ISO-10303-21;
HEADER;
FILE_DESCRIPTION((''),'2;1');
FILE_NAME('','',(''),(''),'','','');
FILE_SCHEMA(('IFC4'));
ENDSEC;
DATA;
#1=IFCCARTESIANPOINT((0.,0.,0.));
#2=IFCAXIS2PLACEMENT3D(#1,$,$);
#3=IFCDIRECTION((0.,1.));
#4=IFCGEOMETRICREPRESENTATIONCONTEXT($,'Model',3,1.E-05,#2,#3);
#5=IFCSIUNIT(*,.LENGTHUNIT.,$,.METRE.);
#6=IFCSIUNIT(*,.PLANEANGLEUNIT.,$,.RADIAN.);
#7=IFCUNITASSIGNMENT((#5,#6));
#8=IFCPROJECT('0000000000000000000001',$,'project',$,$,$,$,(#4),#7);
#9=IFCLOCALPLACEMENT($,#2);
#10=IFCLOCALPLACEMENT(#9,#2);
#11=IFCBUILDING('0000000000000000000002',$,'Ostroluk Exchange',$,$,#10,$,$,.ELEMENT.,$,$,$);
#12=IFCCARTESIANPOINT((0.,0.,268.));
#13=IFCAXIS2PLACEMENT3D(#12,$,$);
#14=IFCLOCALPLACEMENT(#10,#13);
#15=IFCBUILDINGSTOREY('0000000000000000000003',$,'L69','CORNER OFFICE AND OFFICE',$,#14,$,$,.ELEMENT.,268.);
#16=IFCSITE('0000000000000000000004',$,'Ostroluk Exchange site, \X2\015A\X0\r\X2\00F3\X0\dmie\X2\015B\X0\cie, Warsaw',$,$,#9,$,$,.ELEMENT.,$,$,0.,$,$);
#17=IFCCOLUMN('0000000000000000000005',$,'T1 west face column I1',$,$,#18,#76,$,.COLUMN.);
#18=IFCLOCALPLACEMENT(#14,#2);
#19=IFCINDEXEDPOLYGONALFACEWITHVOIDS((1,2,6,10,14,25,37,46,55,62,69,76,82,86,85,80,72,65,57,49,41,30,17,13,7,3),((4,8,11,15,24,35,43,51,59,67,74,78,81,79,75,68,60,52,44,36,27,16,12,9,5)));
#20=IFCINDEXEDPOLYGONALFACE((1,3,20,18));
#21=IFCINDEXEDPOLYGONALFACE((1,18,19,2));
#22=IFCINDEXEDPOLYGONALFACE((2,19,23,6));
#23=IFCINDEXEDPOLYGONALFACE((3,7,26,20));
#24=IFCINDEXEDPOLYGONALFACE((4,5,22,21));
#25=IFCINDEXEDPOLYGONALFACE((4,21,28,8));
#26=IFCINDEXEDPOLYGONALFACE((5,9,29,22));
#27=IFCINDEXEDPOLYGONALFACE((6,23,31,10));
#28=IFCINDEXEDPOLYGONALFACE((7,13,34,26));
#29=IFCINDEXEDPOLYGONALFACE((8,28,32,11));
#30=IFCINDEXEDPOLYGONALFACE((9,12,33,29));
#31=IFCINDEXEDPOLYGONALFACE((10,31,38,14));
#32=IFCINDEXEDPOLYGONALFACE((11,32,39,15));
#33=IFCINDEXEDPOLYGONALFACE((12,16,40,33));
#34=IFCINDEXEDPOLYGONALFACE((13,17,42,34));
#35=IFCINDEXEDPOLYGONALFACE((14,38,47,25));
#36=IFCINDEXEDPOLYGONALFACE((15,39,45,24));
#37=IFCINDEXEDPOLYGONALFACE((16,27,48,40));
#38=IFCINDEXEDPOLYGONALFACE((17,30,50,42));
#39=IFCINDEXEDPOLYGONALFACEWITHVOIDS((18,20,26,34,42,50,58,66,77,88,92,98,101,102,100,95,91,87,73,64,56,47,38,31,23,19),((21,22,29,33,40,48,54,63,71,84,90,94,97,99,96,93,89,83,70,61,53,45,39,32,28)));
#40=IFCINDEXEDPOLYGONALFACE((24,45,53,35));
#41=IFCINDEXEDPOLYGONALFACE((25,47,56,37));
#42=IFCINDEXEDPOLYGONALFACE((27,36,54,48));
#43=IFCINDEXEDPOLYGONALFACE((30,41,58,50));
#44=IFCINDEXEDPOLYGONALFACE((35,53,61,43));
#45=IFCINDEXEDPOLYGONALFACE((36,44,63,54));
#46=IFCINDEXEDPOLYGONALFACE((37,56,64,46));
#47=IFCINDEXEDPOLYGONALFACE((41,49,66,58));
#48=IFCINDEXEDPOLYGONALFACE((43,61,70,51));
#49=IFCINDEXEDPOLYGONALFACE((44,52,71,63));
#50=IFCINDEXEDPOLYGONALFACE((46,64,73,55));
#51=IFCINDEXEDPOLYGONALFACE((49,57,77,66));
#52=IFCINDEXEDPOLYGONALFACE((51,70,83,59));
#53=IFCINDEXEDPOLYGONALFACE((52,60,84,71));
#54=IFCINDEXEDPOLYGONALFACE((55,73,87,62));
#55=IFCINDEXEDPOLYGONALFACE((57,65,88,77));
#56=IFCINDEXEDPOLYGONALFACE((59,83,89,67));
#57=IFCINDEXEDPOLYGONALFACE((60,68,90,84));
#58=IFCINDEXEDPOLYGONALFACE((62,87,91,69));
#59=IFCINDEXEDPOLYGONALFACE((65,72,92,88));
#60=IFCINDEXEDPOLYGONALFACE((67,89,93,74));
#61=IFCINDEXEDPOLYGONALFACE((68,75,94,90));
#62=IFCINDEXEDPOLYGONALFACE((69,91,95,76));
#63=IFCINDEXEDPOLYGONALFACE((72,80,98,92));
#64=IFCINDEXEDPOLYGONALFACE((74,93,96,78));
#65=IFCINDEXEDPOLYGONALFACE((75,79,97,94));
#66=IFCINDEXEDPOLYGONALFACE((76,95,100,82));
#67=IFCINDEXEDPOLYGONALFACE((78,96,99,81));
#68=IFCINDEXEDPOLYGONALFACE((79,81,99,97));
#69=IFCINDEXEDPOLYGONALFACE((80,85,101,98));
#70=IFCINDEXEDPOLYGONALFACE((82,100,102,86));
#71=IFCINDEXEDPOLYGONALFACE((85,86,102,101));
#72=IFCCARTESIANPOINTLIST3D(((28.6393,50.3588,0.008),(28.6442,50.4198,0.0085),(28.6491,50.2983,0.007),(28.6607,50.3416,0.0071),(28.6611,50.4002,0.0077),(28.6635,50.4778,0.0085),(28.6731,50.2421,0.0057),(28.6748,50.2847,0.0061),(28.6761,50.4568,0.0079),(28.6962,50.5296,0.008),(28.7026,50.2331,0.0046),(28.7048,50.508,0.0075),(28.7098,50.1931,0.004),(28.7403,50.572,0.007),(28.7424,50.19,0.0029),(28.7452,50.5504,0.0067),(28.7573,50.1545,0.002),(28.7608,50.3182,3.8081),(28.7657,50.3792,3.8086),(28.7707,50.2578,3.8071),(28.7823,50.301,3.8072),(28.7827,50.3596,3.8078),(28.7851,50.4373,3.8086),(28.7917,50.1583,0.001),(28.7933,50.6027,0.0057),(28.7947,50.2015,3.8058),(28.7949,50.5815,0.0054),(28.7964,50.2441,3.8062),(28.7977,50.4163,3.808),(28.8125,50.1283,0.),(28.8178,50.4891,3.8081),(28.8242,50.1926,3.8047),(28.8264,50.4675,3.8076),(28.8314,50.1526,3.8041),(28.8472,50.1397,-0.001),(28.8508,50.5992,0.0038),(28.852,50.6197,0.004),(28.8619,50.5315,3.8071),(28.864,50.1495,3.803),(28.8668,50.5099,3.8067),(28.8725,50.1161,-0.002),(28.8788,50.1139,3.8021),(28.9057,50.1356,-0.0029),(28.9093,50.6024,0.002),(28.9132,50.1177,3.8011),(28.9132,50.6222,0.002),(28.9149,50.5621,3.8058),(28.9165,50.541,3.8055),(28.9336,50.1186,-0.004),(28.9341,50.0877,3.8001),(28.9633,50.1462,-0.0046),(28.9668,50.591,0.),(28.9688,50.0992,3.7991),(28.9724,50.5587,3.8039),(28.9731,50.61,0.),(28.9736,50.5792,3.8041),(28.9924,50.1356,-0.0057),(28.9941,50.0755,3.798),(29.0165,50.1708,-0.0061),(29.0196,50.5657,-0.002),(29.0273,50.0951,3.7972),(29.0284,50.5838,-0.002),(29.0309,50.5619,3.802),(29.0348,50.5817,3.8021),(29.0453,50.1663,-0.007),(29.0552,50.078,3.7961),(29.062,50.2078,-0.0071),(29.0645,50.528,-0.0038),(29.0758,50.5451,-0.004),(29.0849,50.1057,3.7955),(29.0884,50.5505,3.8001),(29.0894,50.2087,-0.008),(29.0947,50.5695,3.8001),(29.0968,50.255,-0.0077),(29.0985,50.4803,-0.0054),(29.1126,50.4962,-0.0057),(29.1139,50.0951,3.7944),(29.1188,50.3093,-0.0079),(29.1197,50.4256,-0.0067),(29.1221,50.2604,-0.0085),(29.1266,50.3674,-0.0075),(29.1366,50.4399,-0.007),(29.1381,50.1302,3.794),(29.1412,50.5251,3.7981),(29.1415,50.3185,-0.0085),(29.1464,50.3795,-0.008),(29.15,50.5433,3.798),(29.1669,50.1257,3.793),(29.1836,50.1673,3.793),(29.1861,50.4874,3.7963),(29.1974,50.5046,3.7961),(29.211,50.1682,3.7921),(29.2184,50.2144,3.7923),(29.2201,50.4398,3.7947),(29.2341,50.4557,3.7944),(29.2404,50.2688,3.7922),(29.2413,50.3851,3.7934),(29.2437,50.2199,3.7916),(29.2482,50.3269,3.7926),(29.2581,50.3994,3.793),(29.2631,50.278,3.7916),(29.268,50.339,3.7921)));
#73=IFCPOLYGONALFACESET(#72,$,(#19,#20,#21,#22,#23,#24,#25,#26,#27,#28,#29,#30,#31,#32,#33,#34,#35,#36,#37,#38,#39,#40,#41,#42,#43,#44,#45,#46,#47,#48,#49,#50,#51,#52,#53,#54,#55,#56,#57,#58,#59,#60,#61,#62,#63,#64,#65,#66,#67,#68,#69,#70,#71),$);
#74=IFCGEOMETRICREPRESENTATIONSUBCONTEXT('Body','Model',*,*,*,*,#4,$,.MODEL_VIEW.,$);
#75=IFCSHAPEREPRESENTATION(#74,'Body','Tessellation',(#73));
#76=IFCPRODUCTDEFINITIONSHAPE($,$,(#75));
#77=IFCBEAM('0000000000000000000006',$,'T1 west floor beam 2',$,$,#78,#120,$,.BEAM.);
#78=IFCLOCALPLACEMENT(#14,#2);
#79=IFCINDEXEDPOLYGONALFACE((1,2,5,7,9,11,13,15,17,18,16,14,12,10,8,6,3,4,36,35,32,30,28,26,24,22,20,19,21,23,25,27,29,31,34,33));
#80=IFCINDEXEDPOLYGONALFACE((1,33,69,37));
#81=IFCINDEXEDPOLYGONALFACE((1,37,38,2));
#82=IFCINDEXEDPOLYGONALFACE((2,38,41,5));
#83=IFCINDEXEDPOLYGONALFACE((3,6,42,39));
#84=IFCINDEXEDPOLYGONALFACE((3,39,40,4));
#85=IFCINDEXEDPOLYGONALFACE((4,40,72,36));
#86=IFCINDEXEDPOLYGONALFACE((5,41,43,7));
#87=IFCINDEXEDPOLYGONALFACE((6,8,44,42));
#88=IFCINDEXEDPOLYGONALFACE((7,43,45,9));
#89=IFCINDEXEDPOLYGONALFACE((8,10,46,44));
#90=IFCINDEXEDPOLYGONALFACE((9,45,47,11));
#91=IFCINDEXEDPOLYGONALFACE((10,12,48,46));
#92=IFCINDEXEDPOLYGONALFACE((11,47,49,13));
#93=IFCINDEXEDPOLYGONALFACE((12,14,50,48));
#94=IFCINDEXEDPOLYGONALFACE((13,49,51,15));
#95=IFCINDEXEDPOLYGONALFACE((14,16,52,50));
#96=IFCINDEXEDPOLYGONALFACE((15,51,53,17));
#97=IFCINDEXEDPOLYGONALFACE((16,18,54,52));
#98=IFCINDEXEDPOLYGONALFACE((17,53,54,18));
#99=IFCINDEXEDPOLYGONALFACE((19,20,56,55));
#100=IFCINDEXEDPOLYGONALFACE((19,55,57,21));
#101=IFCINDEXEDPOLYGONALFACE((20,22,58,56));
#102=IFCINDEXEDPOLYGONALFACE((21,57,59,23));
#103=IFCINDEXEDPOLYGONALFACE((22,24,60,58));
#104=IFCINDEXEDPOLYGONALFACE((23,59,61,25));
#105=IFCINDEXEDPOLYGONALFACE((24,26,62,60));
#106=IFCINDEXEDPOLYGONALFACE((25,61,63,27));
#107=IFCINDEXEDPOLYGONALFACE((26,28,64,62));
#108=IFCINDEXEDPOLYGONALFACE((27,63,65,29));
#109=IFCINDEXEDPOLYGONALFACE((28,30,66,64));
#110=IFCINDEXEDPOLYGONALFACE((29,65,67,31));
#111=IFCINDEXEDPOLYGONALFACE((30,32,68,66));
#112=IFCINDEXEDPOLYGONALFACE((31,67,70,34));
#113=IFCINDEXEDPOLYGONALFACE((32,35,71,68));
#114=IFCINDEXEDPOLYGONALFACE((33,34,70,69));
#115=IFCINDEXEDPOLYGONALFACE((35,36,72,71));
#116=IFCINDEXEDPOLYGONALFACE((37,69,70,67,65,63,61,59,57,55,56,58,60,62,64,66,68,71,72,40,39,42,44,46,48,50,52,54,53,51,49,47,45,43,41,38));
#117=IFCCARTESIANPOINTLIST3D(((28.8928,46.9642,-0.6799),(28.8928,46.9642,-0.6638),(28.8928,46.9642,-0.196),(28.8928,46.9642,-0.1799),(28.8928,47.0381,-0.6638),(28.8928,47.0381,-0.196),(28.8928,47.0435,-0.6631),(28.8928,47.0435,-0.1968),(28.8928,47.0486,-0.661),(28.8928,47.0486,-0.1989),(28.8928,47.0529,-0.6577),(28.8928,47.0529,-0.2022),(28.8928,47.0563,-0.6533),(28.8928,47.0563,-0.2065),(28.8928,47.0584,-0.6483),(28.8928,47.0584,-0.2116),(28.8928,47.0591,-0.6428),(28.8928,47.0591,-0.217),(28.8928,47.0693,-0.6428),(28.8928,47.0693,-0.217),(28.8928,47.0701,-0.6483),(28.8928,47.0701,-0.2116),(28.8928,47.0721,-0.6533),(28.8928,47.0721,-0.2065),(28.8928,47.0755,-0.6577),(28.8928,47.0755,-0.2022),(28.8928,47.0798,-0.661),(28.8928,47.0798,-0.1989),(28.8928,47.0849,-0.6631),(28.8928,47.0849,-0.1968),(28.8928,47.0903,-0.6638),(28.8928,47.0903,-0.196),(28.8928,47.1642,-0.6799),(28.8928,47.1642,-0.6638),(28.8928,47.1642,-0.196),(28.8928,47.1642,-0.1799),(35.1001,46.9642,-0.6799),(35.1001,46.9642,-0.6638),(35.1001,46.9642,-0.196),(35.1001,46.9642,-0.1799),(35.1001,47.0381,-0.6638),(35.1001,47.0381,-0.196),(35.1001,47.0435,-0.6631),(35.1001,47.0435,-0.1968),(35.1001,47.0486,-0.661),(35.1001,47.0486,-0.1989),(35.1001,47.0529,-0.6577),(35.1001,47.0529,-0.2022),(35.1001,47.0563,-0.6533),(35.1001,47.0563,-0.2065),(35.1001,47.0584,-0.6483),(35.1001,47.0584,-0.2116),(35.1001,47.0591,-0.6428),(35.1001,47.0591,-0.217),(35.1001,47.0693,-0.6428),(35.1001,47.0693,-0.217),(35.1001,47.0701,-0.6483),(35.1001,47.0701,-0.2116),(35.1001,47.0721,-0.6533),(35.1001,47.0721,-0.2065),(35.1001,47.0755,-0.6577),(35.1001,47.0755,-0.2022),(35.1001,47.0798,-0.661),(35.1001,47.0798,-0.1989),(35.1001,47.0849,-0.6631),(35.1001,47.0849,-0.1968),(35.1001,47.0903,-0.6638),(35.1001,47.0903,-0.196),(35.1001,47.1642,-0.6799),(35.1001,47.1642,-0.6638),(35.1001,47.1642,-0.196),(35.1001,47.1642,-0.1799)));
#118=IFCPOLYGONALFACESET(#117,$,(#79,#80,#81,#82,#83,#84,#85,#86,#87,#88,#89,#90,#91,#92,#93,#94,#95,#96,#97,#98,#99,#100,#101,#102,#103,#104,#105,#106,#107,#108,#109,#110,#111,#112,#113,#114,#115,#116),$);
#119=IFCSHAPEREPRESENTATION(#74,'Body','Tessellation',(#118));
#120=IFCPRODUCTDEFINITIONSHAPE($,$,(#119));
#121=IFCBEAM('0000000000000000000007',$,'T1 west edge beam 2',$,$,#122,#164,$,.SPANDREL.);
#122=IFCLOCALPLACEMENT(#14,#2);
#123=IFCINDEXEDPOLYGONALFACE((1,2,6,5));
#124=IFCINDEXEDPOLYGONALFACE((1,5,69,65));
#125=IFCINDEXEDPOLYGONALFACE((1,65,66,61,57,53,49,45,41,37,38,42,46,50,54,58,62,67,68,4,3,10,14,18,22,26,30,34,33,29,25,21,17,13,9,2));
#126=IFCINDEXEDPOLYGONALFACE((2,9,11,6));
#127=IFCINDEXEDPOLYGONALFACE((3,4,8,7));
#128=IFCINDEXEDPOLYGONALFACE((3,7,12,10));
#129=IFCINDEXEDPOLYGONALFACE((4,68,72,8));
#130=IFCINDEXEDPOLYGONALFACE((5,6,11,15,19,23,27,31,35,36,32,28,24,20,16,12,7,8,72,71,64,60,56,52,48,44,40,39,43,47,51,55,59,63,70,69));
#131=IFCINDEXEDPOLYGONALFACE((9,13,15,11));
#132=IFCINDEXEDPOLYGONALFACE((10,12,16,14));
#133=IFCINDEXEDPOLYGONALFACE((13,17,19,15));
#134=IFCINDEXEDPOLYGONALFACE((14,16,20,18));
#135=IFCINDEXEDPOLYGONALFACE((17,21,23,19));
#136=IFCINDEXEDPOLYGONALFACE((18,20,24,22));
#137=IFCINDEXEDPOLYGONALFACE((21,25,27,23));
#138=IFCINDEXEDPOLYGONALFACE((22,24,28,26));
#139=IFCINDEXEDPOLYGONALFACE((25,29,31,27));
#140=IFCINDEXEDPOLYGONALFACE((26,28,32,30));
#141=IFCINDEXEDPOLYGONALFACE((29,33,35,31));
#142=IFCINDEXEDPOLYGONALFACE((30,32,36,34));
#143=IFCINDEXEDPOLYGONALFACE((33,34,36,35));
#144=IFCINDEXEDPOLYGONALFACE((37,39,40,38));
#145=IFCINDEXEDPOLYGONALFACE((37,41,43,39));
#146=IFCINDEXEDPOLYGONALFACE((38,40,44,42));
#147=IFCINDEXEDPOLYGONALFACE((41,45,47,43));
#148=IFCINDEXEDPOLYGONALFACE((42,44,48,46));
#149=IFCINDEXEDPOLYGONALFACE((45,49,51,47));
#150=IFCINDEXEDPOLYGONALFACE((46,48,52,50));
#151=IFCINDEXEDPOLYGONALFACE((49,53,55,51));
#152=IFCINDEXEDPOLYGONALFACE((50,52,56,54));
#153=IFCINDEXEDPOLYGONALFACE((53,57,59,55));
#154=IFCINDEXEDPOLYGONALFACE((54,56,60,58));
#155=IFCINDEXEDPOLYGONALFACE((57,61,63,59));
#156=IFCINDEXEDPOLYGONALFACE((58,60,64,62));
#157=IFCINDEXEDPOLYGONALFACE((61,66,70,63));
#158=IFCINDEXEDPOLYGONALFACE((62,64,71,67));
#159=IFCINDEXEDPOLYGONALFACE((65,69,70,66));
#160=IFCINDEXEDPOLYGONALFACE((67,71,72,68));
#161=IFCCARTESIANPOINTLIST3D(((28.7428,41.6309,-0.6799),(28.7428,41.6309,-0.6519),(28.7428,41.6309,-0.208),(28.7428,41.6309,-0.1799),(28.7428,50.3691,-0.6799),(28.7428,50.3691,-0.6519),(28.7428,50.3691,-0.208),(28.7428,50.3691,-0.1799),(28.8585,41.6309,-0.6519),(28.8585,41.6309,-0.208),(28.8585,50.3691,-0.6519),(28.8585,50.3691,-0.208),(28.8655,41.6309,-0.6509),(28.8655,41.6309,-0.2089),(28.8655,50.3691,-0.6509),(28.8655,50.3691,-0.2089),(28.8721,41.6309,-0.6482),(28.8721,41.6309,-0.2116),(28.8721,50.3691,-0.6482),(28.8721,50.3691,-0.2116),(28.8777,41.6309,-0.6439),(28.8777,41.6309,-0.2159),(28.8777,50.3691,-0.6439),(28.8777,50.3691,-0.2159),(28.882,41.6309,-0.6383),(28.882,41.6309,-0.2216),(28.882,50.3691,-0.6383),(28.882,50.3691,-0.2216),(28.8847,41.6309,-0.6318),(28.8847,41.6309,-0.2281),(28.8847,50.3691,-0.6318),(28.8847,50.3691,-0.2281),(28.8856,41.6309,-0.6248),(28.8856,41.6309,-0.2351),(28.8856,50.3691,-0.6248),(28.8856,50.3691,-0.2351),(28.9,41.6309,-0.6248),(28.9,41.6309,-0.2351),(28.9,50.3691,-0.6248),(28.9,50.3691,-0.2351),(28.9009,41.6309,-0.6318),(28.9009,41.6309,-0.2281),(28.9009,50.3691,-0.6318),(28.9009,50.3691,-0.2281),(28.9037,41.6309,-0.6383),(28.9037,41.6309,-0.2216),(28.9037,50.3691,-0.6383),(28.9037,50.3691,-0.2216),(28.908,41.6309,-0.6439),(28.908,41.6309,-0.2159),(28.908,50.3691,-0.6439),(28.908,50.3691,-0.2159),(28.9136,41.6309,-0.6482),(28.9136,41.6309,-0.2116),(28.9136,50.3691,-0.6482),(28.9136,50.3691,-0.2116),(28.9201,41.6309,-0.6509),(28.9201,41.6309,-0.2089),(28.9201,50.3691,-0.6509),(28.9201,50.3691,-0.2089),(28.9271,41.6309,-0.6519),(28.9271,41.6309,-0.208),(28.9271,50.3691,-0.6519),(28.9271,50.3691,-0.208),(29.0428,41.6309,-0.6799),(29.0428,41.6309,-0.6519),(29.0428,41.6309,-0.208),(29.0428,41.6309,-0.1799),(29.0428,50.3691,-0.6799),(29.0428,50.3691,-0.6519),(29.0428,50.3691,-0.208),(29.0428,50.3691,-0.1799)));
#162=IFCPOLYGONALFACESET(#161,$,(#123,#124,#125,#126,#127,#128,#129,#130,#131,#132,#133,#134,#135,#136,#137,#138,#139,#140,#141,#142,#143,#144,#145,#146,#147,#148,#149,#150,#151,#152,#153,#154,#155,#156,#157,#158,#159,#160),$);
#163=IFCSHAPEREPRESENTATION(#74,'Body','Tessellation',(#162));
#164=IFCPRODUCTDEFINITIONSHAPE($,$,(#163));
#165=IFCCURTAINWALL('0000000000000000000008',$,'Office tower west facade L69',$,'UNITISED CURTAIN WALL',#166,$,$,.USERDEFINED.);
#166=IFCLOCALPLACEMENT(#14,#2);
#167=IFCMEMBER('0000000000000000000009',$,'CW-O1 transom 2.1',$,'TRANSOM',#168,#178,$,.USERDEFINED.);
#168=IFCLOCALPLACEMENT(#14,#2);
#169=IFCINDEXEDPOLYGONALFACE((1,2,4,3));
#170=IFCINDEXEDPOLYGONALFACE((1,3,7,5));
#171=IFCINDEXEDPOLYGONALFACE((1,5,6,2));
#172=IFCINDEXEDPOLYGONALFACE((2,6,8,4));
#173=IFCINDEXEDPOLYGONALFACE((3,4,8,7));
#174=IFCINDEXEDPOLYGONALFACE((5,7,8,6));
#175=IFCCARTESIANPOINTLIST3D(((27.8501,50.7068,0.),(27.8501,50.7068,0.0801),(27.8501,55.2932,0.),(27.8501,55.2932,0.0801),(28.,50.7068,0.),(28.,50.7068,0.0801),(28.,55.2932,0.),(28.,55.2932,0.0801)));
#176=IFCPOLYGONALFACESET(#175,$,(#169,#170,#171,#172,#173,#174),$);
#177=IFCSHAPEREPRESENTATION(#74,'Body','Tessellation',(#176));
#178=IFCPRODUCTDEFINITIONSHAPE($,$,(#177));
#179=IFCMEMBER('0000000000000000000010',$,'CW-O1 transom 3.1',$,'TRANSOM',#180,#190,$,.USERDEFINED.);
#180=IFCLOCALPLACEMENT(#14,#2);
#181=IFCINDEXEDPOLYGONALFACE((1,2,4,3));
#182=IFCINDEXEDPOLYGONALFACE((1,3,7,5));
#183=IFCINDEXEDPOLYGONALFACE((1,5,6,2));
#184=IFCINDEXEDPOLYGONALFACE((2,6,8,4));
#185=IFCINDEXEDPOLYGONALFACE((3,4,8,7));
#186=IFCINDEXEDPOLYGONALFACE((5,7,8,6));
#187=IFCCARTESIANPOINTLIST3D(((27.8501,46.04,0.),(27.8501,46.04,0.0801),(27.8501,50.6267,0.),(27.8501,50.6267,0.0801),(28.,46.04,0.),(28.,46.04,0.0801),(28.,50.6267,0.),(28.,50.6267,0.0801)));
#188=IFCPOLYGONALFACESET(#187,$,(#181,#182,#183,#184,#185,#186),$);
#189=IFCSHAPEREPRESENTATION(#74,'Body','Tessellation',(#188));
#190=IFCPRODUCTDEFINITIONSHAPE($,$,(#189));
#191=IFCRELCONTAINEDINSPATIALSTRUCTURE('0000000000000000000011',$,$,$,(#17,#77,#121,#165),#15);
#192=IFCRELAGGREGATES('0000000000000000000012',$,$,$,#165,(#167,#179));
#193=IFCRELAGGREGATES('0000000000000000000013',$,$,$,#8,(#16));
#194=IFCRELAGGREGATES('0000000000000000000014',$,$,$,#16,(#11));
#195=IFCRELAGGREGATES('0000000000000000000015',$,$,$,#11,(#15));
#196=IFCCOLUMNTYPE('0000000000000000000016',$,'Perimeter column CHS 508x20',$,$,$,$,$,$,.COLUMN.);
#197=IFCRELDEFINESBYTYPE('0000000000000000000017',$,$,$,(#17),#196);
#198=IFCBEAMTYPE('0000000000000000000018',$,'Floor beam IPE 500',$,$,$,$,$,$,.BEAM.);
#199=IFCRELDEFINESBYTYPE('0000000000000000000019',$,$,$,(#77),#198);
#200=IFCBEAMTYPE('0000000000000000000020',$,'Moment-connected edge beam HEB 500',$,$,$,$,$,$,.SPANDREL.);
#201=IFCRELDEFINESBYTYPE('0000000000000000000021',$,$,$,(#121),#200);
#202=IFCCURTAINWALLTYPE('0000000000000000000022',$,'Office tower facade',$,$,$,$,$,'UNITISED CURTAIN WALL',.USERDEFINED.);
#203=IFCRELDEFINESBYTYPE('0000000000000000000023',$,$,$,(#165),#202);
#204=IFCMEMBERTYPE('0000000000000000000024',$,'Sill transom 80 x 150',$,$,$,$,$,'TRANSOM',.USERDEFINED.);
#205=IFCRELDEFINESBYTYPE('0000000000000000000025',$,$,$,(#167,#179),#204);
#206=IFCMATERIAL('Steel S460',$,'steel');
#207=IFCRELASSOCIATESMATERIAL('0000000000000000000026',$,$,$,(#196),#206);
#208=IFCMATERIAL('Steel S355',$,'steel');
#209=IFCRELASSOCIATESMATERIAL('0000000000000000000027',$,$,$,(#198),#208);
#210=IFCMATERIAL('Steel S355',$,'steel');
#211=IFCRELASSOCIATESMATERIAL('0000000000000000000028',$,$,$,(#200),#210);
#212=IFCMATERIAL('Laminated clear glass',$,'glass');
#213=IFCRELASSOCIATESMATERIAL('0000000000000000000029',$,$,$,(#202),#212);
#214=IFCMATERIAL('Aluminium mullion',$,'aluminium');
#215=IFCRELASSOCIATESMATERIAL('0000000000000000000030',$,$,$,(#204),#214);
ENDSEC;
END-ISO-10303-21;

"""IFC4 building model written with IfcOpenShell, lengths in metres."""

from ifc_helpers import new_model, si_unit, direction, frame, origin, origin_2d, place, context, subcontext, project, spatial, rectangle, hollow_circle, i_section, extrude, material, material_profile, profile_set, type_object, element, aggregate, save


model = new_model("IFC4")

# Units and contexts
model_context = context("Model", 3, precision=1e-05, world=origin(), true_north=direction((0.0, 1.0)))
body_context = subcontext(model_context, "Body", "Model", "MODEL_VIEW")
ifc_project = project(units=[si_unit("LENGTHUNIT", "METRE"), si_unit("PLANEANGLEUNIT", "RADIAN")], contexts=[model_context])

# Site, building, storey
site_placement = place(None, origin())
site = spatial("IfcSite", under=ifc_project, at=site_placement, Name="Ostroluk Exchange site, Śródmieście, Warsaw", CompositionType="ELEMENT", RefElevation=0.0)
building_placement = place(site_placement, origin())
building = spatial("IfcBuilding", under=site, at=building_placement, Name="Ostroluk Exchange", CompositionType="ELEMENT")
storey_placement = place(building_placement, frame((0.0, 0.0, 268.0)))
storey = spatial("IfcBuildingStorey", under=building, at=storey_placement, Name="L69", Description="CORNER OFFICE AND OFFICE", CompositionType="ELEMENT", Elevation=268.0)

# Column
ifc_material_1 = material(Name="Steel S460", Category="steel")
ifc_material_profile_1 = material_profile(ifc_material_1, hollow_circle(Radius=0.2539, WallThickness=0.02, at=origin_2d()), Name="CHS 508x20")
ifc_profile_set_1 = profile_set([ifc_material_profile_1], Name="Steel S460")
column_type = type_object("IfcColumnType", Name="Perimeter column CHS 508x20", PredefinedType="COLUMN", material=ifc_profile_set_1)
column_placement = place(storey_placement, frame((28.8928, 50.3691, 0.0), z_axis=(0.031977, -0.010659, 0.999432), x_axis=(0.316228, 0.948683, 0.0)))
element("IfcColumn", 1, at=column_placement, inside=storey, type_object=column_type, Name="T1 west face column I1", PredefinedType="COLUMN", context=body_context, shape_type="SweptSolid", body=[
    extrude(hollow_circle(Radius=0.2539, WallThickness=0.02, at=origin_2d()), origin(), (0.0, 0.0, 1.0), 3.8022),
])

# Beams
ifc_material_2 = material(Name="Steel S355", Category="steel")
ifc_material_profile_2 = material_profile(ifc_material_2, i_section(OverallWidth=0.2, OverallDepth=0.5, WebThickness=0.0103, FlangeThickness=0.0161, FilletRadius=0.021, at=origin_2d()), Name="IPE 500")
ifc_profile_set_2 = profile_set([ifc_material_profile_2], Name="Steel S355")
beam_type_1 = type_object("IfcBeamType", Name="Floor beam IPE 500", PredefinedType="BEAM", material=ifc_profile_set_2)
beam_1_placement = place(storey_placement, frame((35.1001, 47.0642, -0.4299), z_axis=(-1.0, 0.0, 0.0), x_axis=(0.0, -1.0, 0.0)))
element("IfcBeam", 2, at=beam_1_placement, inside=storey, type_object=beam_type_1, Name="T1 west floor beam 2", PredefinedType="BEAM", context=body_context, shape_type="SweptSolid", body=[
    extrude(i_section(OverallWidth=0.2, OverallDepth=0.5, WebThickness=0.0103, FlangeThickness=0.0161, FilletRadius=0.021, at=origin_2d()), origin(), (0.0, 0.0, 1.0), 6.2073),
])
ifc_material_3 = material(Name="Steel S355", Category="steel")
ifc_material_profile_3 = material_profile(ifc_material_3, i_section(OverallWidth=0.3, OverallDepth=0.5, WebThickness=0.0144, FlangeThickness=0.0281, FilletRadius=0.0271, at=origin_2d()), Name="HEB 500")
ifc_profile_set_3 = profile_set([ifc_material_profile_3], Name="Steel S355")
beam_type_2 = type_object("IfcBeamType", Name="Moment-connected edge beam HEB 500", PredefinedType="SPANDREL", material=ifc_profile_set_3)
beam_2_placement = place(storey_placement, frame((28.8928, 50.3691, -0.4299), z_axis=(0.0, -1.0, 0.0), x_axis=(1.0, 0.0, 0.0)))
element("IfcBeam", 3, at=beam_2_placement, inside=storey, type_object=beam_type_2, Name="T1 west edge beam 2", PredefinedType="SPANDREL", context=body_context, shape_type="SweptSolid", body=[
    extrude(i_section(OverallWidth=0.3, OverallDepth=0.5, WebThickness=0.0144, FlangeThickness=0.0281, FilletRadius=0.0271, at=origin_2d()), origin(), (0.0, 0.0, 1.0), 8.7383),
])

# Curtain wall, members
ifc_material_4 = material(Name="Laminated clear glass", Category="glass")
curtain_wall_type = type_object("IfcCurtainWallType", Name="Office tower facade", ElementType="UNITISED CURTAIN WALL", PredefinedType="USERDEFINED", material=ifc_material_4)
curtain_wall_placement = place(storey_placement, origin())
curtain_wall = element("IfcCurtainWall", 4, at=curtain_wall_placement, inside=storey, type_object=curtain_wall_type, Name="Office tower west facade L69", ObjectType="UNITISED CURTAIN WALL", PredefinedType="USERDEFINED")
ifc_material_5 = material(Name="Aluminium mullion", Category="aluminium")
ifc_material_profile_4 = material_profile(ifc_material_5, rectangle(XDim=0.1499, YDim=0.0801, at=origin_2d()), Name="Sill transom 80 x 150")
ifc_profile_set_4 = profile_set([ifc_material_profile_4], Name="Aluminium mullion")
member_type_1 = type_object("IfcMemberType", Name="Sill transom 80 x 150", ElementType="TRANSOM", PredefinedType="USERDEFINED", material=ifc_profile_set_4)
member_1_placement = place(storey_placement, frame((27.925, 55.2932, 0.04), z_axis=(0.0, -1.0, 0.0), x_axis=(1.0, 0.0, 0.0)))
member_1 = element("IfcMember", 5, at=member_1_placement, type_object=member_type_1, Name="CW-O1 transom 2.1", ObjectType="TRANSOM", PredefinedType="USERDEFINED", context=body_context, shape_type="SweptSolid", body=[
    extrude(rectangle(XDim=0.1499, YDim=0.0801, at=origin_2d()), origin(), (0.0, 0.0, 1.0), 4.5864),
])
member_2_placement = place(storey_placement, frame((27.925, 50.6267, 0.04), z_axis=(0.0, -1.0, 0.0), x_axis=(1.0, 0.0, 0.0)))
member_2 = element("IfcMember", 6, at=member_2_placement, type_object=member_type_1, Name="CW-O1 transom 3.1", ObjectType="TRANSOM", PredefinedType="USERDEFINED", context=body_context, shape_type="SweptSolid", body=[
    extrude(rectangle(XDim=0.1499, YDim=0.0801, at=origin_2d()), origin(), (0.0, 0.0, 1.0), 4.5867),
])
aggregate(curtain_wall, [member_1, member_2])

save(model, "model.ifc")
